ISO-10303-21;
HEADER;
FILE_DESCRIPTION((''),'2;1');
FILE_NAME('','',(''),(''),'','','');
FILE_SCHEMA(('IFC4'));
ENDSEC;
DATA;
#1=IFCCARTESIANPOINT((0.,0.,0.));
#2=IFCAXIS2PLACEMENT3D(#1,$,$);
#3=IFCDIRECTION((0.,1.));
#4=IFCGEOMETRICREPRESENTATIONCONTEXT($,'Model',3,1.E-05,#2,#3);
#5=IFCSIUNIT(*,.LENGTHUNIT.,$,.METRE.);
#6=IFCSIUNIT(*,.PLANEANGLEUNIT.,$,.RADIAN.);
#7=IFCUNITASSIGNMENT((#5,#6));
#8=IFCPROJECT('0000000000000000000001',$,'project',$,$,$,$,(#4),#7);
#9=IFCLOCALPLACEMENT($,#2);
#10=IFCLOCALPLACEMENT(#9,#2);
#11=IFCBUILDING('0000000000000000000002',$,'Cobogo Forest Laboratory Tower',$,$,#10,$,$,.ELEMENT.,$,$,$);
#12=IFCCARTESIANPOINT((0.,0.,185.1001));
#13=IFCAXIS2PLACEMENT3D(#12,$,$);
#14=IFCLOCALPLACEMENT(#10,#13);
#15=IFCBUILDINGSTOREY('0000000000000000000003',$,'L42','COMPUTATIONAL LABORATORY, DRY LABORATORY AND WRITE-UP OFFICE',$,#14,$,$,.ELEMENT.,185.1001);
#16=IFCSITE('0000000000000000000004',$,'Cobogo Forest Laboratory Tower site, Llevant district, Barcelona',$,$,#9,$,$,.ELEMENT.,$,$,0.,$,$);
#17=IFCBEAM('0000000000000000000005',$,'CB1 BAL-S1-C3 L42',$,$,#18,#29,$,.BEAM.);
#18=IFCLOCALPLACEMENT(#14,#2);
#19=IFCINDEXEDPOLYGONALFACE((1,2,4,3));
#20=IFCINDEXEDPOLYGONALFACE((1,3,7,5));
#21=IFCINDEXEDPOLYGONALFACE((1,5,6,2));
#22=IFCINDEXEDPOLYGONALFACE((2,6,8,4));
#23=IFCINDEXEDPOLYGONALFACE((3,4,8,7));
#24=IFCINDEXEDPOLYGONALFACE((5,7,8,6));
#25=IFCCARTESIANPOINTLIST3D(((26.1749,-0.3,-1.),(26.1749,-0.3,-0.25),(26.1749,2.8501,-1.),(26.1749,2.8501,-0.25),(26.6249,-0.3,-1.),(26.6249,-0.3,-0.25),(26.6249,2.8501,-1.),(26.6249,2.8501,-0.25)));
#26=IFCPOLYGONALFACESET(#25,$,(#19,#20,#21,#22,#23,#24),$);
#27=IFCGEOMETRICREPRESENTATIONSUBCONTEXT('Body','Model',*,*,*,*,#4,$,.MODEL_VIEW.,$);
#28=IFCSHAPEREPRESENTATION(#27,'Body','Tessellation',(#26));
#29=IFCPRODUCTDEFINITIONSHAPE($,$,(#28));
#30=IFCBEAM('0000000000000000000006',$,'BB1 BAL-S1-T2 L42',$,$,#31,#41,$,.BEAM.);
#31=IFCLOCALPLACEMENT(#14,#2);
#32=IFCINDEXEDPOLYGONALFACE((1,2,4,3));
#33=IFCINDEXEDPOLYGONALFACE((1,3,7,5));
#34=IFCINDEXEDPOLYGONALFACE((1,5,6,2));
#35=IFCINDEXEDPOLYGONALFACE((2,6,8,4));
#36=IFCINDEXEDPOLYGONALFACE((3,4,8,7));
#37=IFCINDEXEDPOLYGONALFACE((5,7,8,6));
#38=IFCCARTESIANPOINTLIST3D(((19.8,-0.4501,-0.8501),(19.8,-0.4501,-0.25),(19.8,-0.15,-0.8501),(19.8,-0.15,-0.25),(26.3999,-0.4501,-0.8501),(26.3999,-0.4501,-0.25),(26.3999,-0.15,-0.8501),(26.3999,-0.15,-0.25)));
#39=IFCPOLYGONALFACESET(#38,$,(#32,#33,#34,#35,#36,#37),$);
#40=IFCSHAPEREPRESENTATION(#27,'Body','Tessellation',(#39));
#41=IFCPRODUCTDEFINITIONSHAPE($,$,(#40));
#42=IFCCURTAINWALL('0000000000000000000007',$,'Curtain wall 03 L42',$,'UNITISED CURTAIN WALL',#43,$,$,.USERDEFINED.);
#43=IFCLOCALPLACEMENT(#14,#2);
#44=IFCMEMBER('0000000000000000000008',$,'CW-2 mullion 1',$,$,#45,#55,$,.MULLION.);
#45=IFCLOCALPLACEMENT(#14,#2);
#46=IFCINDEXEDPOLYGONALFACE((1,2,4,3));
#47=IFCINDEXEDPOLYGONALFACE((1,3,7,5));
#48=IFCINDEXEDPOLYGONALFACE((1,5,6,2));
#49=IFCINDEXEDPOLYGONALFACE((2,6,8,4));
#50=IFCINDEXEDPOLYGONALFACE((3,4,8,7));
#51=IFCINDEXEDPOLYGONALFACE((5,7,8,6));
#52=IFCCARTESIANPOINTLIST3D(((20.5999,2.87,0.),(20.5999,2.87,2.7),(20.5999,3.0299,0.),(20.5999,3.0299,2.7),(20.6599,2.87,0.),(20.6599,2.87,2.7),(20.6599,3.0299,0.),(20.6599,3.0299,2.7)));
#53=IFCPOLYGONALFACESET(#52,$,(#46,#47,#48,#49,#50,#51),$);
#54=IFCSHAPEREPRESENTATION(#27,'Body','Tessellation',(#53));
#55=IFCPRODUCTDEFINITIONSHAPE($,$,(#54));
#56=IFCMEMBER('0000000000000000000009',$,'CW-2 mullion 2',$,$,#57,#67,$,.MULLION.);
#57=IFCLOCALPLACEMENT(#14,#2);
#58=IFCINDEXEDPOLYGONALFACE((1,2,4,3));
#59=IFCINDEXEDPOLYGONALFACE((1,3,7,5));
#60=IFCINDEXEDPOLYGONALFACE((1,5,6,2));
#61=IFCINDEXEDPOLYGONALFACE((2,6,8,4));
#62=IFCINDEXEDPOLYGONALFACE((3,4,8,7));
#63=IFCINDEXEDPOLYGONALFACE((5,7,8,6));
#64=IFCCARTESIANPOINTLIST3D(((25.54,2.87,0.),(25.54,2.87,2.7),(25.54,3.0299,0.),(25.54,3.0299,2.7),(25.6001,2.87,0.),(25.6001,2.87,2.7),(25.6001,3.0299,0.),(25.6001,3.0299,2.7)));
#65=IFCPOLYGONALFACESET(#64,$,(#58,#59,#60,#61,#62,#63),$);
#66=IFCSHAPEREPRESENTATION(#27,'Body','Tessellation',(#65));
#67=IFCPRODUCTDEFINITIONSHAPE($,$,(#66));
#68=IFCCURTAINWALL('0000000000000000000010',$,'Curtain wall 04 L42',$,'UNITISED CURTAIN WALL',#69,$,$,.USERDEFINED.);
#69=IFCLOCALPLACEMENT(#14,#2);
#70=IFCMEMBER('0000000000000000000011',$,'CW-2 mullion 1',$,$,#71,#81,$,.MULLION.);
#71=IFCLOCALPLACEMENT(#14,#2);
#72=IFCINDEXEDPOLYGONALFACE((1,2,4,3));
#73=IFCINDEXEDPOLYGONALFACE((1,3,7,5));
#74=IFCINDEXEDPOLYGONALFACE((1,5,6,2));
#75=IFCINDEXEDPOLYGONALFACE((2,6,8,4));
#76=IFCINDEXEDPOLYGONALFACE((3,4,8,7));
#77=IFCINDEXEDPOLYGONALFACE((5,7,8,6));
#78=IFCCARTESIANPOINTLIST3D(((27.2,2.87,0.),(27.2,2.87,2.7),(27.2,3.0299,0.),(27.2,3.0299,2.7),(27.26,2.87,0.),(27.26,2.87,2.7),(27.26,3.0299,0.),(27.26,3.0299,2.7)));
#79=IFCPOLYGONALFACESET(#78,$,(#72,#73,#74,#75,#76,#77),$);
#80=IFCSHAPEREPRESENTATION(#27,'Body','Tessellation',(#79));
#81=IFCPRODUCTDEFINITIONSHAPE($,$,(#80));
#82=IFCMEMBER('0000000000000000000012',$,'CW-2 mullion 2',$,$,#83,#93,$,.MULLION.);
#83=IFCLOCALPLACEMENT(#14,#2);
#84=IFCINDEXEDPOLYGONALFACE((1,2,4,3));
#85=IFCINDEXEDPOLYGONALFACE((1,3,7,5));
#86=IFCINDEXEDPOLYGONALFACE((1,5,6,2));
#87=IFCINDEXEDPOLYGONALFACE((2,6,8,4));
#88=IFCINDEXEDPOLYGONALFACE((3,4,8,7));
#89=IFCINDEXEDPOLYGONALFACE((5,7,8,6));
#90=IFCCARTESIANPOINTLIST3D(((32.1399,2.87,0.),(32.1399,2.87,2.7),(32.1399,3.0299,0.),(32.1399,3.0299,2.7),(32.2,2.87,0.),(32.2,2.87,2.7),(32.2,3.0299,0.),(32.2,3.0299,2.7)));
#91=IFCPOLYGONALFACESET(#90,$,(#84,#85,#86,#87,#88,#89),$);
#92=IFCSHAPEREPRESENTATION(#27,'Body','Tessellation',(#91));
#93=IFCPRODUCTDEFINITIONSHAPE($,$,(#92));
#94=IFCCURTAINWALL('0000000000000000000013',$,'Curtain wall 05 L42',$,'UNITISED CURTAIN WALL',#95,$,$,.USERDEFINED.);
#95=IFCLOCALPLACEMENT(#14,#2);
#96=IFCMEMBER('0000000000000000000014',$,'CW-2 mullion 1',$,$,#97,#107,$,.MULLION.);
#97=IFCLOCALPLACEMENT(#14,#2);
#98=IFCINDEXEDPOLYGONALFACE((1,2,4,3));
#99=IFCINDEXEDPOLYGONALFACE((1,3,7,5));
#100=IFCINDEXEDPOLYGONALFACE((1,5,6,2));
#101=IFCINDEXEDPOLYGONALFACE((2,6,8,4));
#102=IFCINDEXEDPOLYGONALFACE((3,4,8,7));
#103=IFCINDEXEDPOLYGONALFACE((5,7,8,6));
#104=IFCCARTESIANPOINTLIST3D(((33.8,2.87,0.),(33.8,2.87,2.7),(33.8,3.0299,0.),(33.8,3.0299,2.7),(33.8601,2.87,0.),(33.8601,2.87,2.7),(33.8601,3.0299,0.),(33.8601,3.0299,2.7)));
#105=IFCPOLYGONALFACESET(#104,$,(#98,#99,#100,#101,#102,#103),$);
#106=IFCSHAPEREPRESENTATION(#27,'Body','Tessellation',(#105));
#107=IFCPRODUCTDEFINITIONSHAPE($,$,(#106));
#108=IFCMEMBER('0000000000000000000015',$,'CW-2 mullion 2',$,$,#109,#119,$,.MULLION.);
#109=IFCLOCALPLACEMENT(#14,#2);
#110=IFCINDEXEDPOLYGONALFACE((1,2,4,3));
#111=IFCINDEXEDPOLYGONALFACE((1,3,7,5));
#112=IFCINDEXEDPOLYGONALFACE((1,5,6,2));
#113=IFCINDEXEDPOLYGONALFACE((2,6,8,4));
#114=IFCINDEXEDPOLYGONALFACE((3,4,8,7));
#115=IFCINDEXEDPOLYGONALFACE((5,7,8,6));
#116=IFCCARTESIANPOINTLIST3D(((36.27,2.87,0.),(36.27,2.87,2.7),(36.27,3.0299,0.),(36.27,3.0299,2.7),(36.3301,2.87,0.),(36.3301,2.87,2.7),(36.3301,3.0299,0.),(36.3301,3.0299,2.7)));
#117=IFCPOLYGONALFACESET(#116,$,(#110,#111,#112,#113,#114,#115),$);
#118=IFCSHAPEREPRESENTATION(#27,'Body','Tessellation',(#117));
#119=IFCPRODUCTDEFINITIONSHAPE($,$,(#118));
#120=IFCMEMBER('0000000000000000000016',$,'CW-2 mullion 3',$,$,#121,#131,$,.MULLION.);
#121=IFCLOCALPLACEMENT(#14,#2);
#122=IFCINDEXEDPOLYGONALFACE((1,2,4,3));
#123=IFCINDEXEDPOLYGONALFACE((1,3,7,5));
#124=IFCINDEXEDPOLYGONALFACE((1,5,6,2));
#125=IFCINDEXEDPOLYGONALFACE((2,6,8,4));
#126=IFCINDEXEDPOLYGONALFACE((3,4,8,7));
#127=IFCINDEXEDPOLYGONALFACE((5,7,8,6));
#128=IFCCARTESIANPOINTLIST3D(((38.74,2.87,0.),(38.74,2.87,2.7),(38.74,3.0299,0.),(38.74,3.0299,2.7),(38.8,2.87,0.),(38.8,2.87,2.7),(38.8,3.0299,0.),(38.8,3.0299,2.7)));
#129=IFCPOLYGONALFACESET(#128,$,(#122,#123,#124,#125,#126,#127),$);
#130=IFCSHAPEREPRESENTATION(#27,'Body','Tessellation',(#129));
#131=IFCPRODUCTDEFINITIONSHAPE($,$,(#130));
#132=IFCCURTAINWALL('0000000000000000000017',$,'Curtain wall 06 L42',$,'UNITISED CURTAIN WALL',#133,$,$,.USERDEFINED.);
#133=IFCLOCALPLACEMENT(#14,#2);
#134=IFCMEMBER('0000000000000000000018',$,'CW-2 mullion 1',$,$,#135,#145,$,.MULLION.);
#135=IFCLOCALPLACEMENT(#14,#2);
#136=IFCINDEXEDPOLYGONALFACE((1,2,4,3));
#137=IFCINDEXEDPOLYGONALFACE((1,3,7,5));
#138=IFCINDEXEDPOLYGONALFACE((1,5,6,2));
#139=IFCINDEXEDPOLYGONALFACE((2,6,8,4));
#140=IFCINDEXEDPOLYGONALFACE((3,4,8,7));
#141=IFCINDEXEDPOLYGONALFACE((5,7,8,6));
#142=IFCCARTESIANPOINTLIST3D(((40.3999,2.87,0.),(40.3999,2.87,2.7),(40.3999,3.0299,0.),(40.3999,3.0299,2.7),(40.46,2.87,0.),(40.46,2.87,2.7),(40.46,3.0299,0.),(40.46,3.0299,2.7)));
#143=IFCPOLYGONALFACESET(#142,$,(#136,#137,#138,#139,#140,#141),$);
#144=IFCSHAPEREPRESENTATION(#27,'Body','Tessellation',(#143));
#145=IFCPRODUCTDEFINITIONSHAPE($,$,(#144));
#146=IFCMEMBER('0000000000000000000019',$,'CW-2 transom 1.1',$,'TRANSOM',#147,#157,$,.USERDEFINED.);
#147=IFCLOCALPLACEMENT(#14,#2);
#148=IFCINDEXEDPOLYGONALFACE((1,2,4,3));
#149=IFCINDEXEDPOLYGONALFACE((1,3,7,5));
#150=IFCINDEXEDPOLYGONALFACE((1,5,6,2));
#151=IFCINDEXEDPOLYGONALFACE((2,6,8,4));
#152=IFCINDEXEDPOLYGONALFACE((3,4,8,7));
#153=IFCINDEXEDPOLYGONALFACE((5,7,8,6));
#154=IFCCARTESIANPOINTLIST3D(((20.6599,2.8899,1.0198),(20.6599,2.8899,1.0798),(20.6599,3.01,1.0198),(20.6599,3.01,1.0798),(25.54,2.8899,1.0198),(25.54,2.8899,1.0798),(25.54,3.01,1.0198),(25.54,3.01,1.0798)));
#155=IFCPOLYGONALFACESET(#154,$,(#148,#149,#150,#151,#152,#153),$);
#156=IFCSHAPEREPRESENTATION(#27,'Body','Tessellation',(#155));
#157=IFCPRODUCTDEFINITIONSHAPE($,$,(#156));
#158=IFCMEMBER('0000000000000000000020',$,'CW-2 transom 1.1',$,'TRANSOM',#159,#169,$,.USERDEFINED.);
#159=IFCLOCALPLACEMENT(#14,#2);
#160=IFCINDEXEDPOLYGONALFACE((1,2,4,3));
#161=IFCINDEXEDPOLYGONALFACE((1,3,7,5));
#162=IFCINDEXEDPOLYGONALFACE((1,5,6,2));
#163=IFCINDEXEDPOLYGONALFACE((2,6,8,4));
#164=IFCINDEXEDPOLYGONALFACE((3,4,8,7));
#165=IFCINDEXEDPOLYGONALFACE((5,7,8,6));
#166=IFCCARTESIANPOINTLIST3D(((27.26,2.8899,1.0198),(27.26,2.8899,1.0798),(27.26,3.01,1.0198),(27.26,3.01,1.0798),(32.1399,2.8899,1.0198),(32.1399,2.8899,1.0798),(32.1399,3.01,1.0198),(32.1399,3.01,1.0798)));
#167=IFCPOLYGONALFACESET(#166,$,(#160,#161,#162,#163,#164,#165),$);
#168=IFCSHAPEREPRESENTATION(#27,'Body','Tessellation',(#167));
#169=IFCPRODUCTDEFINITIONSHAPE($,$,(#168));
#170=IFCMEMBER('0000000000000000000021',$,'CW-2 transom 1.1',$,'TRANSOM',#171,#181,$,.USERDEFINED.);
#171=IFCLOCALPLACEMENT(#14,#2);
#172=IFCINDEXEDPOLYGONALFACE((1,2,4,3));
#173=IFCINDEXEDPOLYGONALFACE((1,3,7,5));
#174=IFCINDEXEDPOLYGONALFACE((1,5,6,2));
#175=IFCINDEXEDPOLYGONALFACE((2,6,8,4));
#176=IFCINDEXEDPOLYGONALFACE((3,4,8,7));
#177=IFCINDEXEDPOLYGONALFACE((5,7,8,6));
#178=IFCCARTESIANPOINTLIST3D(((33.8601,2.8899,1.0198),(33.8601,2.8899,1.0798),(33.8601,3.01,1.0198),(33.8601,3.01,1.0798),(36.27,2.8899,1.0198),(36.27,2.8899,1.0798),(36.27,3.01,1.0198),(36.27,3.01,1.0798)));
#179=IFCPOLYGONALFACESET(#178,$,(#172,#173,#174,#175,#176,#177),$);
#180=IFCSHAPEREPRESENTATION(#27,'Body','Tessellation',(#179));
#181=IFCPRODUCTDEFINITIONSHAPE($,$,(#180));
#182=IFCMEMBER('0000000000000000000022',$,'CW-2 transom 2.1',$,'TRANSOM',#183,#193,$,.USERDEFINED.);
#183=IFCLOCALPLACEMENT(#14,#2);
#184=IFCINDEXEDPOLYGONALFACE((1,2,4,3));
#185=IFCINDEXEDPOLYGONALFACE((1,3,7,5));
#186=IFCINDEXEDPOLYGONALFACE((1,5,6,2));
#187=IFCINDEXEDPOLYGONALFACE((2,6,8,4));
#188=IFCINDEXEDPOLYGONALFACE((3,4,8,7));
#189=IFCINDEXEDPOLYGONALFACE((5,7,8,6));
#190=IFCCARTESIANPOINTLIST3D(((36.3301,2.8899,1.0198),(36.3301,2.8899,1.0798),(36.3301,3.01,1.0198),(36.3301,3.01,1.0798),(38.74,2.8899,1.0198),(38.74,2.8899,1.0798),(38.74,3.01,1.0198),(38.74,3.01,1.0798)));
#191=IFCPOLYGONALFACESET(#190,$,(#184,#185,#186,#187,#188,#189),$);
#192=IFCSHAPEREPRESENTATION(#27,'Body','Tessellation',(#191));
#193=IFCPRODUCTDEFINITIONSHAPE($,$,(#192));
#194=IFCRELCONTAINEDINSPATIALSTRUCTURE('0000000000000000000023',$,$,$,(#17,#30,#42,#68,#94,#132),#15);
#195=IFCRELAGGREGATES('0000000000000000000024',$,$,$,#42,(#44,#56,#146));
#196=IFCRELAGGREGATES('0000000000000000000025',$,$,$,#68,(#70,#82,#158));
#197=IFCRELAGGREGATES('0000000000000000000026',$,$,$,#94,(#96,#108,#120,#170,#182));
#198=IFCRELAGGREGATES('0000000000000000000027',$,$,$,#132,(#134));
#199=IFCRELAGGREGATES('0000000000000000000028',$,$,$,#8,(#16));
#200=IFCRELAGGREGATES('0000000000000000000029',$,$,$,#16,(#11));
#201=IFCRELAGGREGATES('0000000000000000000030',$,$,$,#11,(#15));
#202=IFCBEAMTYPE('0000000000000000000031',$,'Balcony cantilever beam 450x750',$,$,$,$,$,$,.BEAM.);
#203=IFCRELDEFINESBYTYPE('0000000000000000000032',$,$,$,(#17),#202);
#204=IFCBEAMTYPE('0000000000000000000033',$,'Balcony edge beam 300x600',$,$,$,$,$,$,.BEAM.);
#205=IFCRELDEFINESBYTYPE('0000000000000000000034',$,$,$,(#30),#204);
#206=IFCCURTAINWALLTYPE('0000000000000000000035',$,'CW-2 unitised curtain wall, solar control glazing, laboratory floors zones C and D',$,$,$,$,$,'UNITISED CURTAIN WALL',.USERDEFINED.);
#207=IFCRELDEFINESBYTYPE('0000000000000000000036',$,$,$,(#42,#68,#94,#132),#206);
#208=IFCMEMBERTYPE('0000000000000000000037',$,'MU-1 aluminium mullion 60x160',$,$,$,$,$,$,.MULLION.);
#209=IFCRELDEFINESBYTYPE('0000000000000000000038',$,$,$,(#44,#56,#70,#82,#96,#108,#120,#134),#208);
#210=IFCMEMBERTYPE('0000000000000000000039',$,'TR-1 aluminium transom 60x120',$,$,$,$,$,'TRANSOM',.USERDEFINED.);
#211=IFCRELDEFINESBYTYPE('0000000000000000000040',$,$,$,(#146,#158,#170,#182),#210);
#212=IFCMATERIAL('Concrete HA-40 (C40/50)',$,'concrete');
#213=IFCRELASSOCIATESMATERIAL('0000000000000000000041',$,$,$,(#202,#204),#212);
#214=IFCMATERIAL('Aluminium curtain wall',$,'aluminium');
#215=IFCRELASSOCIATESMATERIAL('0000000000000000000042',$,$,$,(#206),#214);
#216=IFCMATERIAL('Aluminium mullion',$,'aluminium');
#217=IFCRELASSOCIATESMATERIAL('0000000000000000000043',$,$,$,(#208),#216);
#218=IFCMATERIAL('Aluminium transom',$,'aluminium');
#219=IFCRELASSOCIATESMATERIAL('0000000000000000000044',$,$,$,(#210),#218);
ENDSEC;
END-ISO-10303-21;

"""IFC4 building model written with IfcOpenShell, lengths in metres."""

from ifc_helpers import new_model, si_unit, direction, frame, origin, origin_2d, place, context, subcontext, project, spatial, rectangle, extrude, material, material_profile, profile_set, type_object, element, aggregate, save


model = new_model("IFC4")

# Units and contexts
model_context = context("Model", 3, precision=1e-05, world=origin(), true_north=direction((0.0, 1.0)))
body_context = subcontext(model_context, "Body", "Model", "MODEL_VIEW")
ifc_project = project(units=[si_unit("LENGTHUNIT", "METRE"), si_unit("PLANEANGLEUNIT", "RADIAN")], contexts=[model_context])

# Site, building, storey
site_placement = place(None, origin())
site = spatial("IfcSite", under=ifc_project, at=site_placement, Name="Cobogo Forest Laboratory Tower site, Llevant district, Barcelona", CompositionType="ELEMENT", RefElevation=0.0)
building_placement = place(site_placement, origin())
building = spatial("IfcBuilding", under=site, at=building_placement, Name="Cobogo Forest Laboratory Tower", CompositionType="ELEMENT")
storey_placement = place(building_placement, frame((0.0, 0.0, 185.1001)))
storey = spatial("IfcBuildingStorey", under=building, at=storey_placement, Name="L42", Description="COMPUTATIONAL LABORATORY, DRY LABORATORY AND WRITE-UP OFFICE", CompositionType="ELEMENT", Elevation=185.1001)

# Beams
ifc_material_1 = material(Name="Concrete HA-40 (C40/50)", Category="concrete")
ifc_material_profile_1 = material_profile(ifc_material_1, rectangle(XDim=0.45, YDim=0.75, at=origin_2d()), Name="RC 450x750")
ifc_profile_set_1 = profile_set([ifc_material_profile_1], Name="Concrete HA-40 (C40/50)")
beam_type_1 = type_object("IfcBeamType", Name="Balcony cantilever beam 450x750", PredefinedType="BEAM", material=ifc_profile_set_1)
beam_1_placement = place(storey_placement, frame((26.3999, 2.8501, -0.625), z_axis=(0.0, -1.0, 0.0), x_axis=(1.0, 0.0, 0.0)))
element("IfcBeam", 1, at=beam_1_placement, inside=storey, type_object=beam_type_1, Name="CB1 BAL-S1-C3 L42", PredefinedType="BEAM", context=body_context, shape_type="SweptSolid", body=[
    extrude(rectangle(XDim=0.45, YDim=0.75, at=origin_2d()), origin(), (0.0, 0.0, 1.0), 3.1501),
])
ifc_material_profile_2 = material_profile(ifc_material_1, rectangle(XDim=0.3, YDim=0.6001, at=origin_2d()), Name="RC 300x600")
ifc_profile_set_2 = profile_set([ifc_material_profile_2], Name="Concrete HA-40 (C40/50)")
beam_type_2 = type_object("IfcBeamType", Name="Balcony edge beam 300x600", PredefinedType="BEAM", material=ifc_profile_set_2)
beam_2_placement = place(storey_placement, frame((19.8, -0.3, -0.55), z_axis=(1.0, 0.0, 0.0), x_axis=(0.0, 1.0, 0.0)))
element("IfcBeam", 2, at=beam_2_placement, inside=storey, type_object=beam_type_2, Name="BB1 BAL-S1-T2 L42", PredefinedType="BEAM", context=body_context, shape_type="SweptSolid", body=[
    extrude(rectangle(XDim=0.3, YDim=0.6001, at=origin_2d()), origin(), (0.0, 0.0, 1.0), 6.5999),
])

# Curtain walls, members
ifc_material_2 = material(Name="Aluminium curtain wall", Category="aluminium")
curtain_wall_type = type_object("IfcCurtainWallType", Name="CW-2 unitised curtain wall, solar control glazing, laboratory floors zones C and D", ElementType="UNITISED CURTAIN WALL", PredefinedType="USERDEFINED", material=ifc_material_2)
curtain_wall_1_placement = place(storey_placement, origin())
curtain_wall_1 = element("IfcCurtainWall", 3, at=curtain_wall_1_placement, inside=storey, type_object=curtain_wall_type, Name="Curtain wall 03 L42", ObjectType="UNITISED CURTAIN WALL", PredefinedType="USERDEFINED")
ifc_material_3 = material(Name="Aluminium mullion", Category="aluminium")
ifc_material_profile_3 = material_profile(ifc_material_3, rectangle(XDim=0.0601, YDim=0.1599, at=origin_2d()), Name="AL 60x160")
ifc_profile_set_3 = profile_set([ifc_material_profile_3], Name="Aluminium mullion")
member_type_1 = type_object("IfcMemberType", Name="MU-1 aluminium mullion 60x160", PredefinedType="MULLION", material=ifc_profile_set_3)
member_1_placement = place(storey_placement, frame((20.6299, 2.95, 0.0), z_axis=(0.0, 0.0, 1.0), x_axis=(1.0, 0.0, 0.0)))
member_1 = element("IfcMember", 4, at=member_1_placement, type_object=member_type_1, Name="CW-2 mullion 1", PredefinedType="MULLION", context=body_context, shape_type="SweptSolid", body=[
    extrude(rectangle(XDim=0.0601, YDim=0.1599, at=origin_2d()), origin(), (0.0, 0.0, 1.0), 2.7),
])
member_2_placement = place(storey_placement, frame((25.5701, 2.95, 0.0), z_axis=(0.0, 0.0, 1.0), x_axis=(1.0, 0.0, 0.0)))
member_2 = element("IfcMember", 5, at=member_2_placement, type_object=member_type_1, Name="CW-2 mullion 2", PredefinedType="MULLION", context=body_context, shape_type="SweptSolid", body=[
    extrude(rectangle(XDim=0.0601, YDim=0.1599, at=origin_2d()), origin(), (0.0, 0.0, 1.0), 2.7),
])
curtain_wall_2_placement = place(storey_placement, origin())
curtain_wall_2 = element("IfcCurtainWall", 6, at=curtain_wall_2_placement, inside=storey, type_object=curtain_wall_type, Name="Curtain wall 04 L42", ObjectType="UNITISED CURTAIN WALL", PredefinedType="USERDEFINED")
member_3_placement = place(storey_placement, frame((27.23, 2.95, 0.0), z_axis=(0.0, 0.0, 1.0), x_axis=(1.0, 0.0, 0.0)))
member_3 = element("IfcMember", 7, at=member_3_placement, type_object=member_type_1, Name="CW-2 mullion 1", PredefinedType="MULLION", context=body_context, shape_type="SweptSolid", body=[
    extrude(rectangle(XDim=0.0601, YDim=0.1599, at=origin_2d()), origin(), (0.0, 0.0, 1.0), 2.7),
])
member_4_placement = place(storey_placement, frame((32.1699, 2.95, 0.0), z_axis=(0.0, 0.0, 1.0), x_axis=(1.0, 0.0, 0.0)))
member_4 = element("IfcMember", 8, at=member_4_placement, type_object=member_type_1, Name="CW-2 mullion 2", PredefinedType="MULLION", context=body_context, shape_type="SweptSolid", body=[
    extrude(rectangle(XDim=0.0601, YDim=0.1599, at=origin_2d()), origin(), (0.0, 0.0, 1.0), 2.7),
])
curtain_wall_3_placement = place(storey_placement, origin())
curtain_wall_3 = element("IfcCurtainWall", 9, at=curtain_wall_3_placement, inside=storey, type_object=curtain_wall_type, Name="Curtain wall 05 L42", ObjectType="UNITISED CURTAIN WALL", PredefinedType="USERDEFINED")
member_5_placement = place(storey_placement, frame((33.8301, 2.95, 0.0), z_axis=(0.0, 0.0, 1.0), x_axis=(1.0, 0.0, 0.0)))
member_5 = element("IfcMember", 10, at=member_5_placement, type_object=member_type_1, Name="CW-2 mullion 1", PredefinedType="MULLION", context=body_context, shape_type="SweptSolid", body=[
    extrude(rectangle(XDim=0.0601, YDim=0.1599, at=origin_2d()), origin(), (0.0, 0.0, 1.0), 2.7),
])
member_6_placement = place(storey_placement, frame((36.3, 2.95, 0.0), z_axis=(0.0, 0.0, 1.0), x_axis=(1.0, 0.0, 0.0)))
member_6 = element("IfcMember", 11, at=member_6_placement, type_object=member_type_1, Name="CW-2 mullion 2", PredefinedType="MULLION", context=body_context, shape_type="SweptSolid", body=[
    extrude(rectangle(XDim=0.0601, YDim=0.1599, at=origin_2d()), origin(), (0.0, 0.0, 1.0), 2.7),
])
member_7_placement = place(storey_placement, frame((38.77, 2.95, 0.0), z_axis=(0.0, 0.0, 1.0), x_axis=(1.0, 0.0, 0.0)))
member_7 = element("IfcMember", 12, at=member_7_placement, type_object=member_type_1, Name="CW-2 mullion 3", PredefinedType="MULLION", context=body_context, shape_type="SweptSolid", body=[
    extrude(rectangle(XDim=0.0601, YDim=0.1599, at=origin_2d()), origin(), (0.0, 0.0, 1.0), 2.7),
])

# Curtain wall, member
curtain_wall_4_placement = place(storey_placement, origin())
curtain_wall_4 = element("IfcCurtainWall", 13, at=curtain_wall_4_placement, inside=storey, type_object=curtain_wall_type, Name="Curtain wall 06 L42", ObjectType="UNITISED CURTAIN WALL", PredefinedType="USERDEFINED")
member_8_placement = place(storey_placement, frame((40.4299, 2.95, 0.0), z_axis=(0.0, 0.0, 1.0), x_axis=(1.0, 0.0, 0.0)))
member_8 = element("IfcMember", 14, at=member_8_placement, type_object=member_type_1, Name="CW-2 mullion 1", PredefinedType="MULLION", context=body_context, shape_type="SweptSolid", body=[
    extrude(rectangle(XDim=0.0601, YDim=0.1599, at=origin_2d()), origin(), (0.0, 0.0, 1.0), 2.7),
])

# Members
ifc_material_4 = material(Name="Aluminium transom", Category="aluminium")
ifc_material_profile_4 = material_profile(ifc_material_4, rectangle(XDim=0.1201, YDim=0.0601, at=origin_2d()), Name="AL 60x120")
ifc_profile_set_4 = profile_set([ifc_material_profile_4], Name="Aluminium transom")
member_type_2 = type_object("IfcMemberType", Name="TR-1 aluminium transom 60x120", ElementType="TRANSOM", PredefinedType="USERDEFINED", material=ifc_profile_set_4)
member_9_placement = place(storey_placement, frame((20.6599, 2.95, 1.0498), z_axis=(1.0, 0.0, 0.0), x_axis=(0.0, 1.0, 0.0)))
member_9 = element("IfcMember", 15, at=member_9_placement, type_object=member_type_2, Name="CW-2 transom 1.1", ObjectType="TRANSOM", PredefinedType="USERDEFINED", context=body_context, shape_type="SweptSolid", body=[
    extrude(rectangle(XDim=0.1201, YDim=0.0601, at=origin_2d()), origin(), (0.0, 0.0, 1.0), 4.8801),
])
member_10_placement = place(storey_placement, frame((27.26, 2.95, 1.0498), z_axis=(1.0, 0.0, 0.0), x_axis=(0.0, 1.0, 0.0)))
member_10 = element("IfcMember", 16, at=member_10_placement, type_object=member_type_2, Name="CW-2 transom 1.1", ObjectType="TRANSOM", PredefinedType="USERDEFINED", context=body_context, shape_type="SweptSolid", body=[
    extrude(rectangle(XDim=0.1201, YDim=0.0601, at=origin_2d()), origin(), (0.0, 0.0, 1.0), 4.8799),
])
member_11_placement = place(storey_placement, frame((33.8601, 2.95, 1.0498), z_axis=(1.0, 0.0, 0.0), x_axis=(0.0, 1.0, 0.0)))
member_11 = element("IfcMember", 17, at=member_11_placement, type_object=member_type_2, Name="CW-2 transom 1.1", ObjectType="TRANSOM", PredefinedType="USERDEFINED", context=body_context, shape_type="SweptSolid", body=[
    extrude(rectangle(XDim=0.1201, YDim=0.0601, at=origin_2d()), origin(), (0.0, 0.0, 1.0), 2.4099),
])
member_12_placement = place(storey_placement, frame((36.3301, 2.95, 1.0498), z_axis=(1.0, 0.0, 0.0), x_axis=(0.0, 1.0, 0.0)))
member_12 = element("IfcMember", 18, at=member_12_placement, type_object=member_type_2, Name="CW-2 transom 2.1", ObjectType="TRANSOM", PredefinedType="USERDEFINED", context=body_context, shape_type="SweptSolid", body=[
    extrude(rectangle(XDim=0.1201, YDim=0.0601, at=origin_2d()), origin(), (0.0, 0.0, 1.0), 2.4099),
])

aggregate(curtain_wall_1, [member_1, member_2, member_9])
aggregate(curtain_wall_2, [member_3, member_4, member_10])
aggregate(curtain_wall_3, [member_5, member_6, member_7, member_11, member_12])
aggregate(curtain_wall_4, [member_8])

save(model, "model.ifc")
